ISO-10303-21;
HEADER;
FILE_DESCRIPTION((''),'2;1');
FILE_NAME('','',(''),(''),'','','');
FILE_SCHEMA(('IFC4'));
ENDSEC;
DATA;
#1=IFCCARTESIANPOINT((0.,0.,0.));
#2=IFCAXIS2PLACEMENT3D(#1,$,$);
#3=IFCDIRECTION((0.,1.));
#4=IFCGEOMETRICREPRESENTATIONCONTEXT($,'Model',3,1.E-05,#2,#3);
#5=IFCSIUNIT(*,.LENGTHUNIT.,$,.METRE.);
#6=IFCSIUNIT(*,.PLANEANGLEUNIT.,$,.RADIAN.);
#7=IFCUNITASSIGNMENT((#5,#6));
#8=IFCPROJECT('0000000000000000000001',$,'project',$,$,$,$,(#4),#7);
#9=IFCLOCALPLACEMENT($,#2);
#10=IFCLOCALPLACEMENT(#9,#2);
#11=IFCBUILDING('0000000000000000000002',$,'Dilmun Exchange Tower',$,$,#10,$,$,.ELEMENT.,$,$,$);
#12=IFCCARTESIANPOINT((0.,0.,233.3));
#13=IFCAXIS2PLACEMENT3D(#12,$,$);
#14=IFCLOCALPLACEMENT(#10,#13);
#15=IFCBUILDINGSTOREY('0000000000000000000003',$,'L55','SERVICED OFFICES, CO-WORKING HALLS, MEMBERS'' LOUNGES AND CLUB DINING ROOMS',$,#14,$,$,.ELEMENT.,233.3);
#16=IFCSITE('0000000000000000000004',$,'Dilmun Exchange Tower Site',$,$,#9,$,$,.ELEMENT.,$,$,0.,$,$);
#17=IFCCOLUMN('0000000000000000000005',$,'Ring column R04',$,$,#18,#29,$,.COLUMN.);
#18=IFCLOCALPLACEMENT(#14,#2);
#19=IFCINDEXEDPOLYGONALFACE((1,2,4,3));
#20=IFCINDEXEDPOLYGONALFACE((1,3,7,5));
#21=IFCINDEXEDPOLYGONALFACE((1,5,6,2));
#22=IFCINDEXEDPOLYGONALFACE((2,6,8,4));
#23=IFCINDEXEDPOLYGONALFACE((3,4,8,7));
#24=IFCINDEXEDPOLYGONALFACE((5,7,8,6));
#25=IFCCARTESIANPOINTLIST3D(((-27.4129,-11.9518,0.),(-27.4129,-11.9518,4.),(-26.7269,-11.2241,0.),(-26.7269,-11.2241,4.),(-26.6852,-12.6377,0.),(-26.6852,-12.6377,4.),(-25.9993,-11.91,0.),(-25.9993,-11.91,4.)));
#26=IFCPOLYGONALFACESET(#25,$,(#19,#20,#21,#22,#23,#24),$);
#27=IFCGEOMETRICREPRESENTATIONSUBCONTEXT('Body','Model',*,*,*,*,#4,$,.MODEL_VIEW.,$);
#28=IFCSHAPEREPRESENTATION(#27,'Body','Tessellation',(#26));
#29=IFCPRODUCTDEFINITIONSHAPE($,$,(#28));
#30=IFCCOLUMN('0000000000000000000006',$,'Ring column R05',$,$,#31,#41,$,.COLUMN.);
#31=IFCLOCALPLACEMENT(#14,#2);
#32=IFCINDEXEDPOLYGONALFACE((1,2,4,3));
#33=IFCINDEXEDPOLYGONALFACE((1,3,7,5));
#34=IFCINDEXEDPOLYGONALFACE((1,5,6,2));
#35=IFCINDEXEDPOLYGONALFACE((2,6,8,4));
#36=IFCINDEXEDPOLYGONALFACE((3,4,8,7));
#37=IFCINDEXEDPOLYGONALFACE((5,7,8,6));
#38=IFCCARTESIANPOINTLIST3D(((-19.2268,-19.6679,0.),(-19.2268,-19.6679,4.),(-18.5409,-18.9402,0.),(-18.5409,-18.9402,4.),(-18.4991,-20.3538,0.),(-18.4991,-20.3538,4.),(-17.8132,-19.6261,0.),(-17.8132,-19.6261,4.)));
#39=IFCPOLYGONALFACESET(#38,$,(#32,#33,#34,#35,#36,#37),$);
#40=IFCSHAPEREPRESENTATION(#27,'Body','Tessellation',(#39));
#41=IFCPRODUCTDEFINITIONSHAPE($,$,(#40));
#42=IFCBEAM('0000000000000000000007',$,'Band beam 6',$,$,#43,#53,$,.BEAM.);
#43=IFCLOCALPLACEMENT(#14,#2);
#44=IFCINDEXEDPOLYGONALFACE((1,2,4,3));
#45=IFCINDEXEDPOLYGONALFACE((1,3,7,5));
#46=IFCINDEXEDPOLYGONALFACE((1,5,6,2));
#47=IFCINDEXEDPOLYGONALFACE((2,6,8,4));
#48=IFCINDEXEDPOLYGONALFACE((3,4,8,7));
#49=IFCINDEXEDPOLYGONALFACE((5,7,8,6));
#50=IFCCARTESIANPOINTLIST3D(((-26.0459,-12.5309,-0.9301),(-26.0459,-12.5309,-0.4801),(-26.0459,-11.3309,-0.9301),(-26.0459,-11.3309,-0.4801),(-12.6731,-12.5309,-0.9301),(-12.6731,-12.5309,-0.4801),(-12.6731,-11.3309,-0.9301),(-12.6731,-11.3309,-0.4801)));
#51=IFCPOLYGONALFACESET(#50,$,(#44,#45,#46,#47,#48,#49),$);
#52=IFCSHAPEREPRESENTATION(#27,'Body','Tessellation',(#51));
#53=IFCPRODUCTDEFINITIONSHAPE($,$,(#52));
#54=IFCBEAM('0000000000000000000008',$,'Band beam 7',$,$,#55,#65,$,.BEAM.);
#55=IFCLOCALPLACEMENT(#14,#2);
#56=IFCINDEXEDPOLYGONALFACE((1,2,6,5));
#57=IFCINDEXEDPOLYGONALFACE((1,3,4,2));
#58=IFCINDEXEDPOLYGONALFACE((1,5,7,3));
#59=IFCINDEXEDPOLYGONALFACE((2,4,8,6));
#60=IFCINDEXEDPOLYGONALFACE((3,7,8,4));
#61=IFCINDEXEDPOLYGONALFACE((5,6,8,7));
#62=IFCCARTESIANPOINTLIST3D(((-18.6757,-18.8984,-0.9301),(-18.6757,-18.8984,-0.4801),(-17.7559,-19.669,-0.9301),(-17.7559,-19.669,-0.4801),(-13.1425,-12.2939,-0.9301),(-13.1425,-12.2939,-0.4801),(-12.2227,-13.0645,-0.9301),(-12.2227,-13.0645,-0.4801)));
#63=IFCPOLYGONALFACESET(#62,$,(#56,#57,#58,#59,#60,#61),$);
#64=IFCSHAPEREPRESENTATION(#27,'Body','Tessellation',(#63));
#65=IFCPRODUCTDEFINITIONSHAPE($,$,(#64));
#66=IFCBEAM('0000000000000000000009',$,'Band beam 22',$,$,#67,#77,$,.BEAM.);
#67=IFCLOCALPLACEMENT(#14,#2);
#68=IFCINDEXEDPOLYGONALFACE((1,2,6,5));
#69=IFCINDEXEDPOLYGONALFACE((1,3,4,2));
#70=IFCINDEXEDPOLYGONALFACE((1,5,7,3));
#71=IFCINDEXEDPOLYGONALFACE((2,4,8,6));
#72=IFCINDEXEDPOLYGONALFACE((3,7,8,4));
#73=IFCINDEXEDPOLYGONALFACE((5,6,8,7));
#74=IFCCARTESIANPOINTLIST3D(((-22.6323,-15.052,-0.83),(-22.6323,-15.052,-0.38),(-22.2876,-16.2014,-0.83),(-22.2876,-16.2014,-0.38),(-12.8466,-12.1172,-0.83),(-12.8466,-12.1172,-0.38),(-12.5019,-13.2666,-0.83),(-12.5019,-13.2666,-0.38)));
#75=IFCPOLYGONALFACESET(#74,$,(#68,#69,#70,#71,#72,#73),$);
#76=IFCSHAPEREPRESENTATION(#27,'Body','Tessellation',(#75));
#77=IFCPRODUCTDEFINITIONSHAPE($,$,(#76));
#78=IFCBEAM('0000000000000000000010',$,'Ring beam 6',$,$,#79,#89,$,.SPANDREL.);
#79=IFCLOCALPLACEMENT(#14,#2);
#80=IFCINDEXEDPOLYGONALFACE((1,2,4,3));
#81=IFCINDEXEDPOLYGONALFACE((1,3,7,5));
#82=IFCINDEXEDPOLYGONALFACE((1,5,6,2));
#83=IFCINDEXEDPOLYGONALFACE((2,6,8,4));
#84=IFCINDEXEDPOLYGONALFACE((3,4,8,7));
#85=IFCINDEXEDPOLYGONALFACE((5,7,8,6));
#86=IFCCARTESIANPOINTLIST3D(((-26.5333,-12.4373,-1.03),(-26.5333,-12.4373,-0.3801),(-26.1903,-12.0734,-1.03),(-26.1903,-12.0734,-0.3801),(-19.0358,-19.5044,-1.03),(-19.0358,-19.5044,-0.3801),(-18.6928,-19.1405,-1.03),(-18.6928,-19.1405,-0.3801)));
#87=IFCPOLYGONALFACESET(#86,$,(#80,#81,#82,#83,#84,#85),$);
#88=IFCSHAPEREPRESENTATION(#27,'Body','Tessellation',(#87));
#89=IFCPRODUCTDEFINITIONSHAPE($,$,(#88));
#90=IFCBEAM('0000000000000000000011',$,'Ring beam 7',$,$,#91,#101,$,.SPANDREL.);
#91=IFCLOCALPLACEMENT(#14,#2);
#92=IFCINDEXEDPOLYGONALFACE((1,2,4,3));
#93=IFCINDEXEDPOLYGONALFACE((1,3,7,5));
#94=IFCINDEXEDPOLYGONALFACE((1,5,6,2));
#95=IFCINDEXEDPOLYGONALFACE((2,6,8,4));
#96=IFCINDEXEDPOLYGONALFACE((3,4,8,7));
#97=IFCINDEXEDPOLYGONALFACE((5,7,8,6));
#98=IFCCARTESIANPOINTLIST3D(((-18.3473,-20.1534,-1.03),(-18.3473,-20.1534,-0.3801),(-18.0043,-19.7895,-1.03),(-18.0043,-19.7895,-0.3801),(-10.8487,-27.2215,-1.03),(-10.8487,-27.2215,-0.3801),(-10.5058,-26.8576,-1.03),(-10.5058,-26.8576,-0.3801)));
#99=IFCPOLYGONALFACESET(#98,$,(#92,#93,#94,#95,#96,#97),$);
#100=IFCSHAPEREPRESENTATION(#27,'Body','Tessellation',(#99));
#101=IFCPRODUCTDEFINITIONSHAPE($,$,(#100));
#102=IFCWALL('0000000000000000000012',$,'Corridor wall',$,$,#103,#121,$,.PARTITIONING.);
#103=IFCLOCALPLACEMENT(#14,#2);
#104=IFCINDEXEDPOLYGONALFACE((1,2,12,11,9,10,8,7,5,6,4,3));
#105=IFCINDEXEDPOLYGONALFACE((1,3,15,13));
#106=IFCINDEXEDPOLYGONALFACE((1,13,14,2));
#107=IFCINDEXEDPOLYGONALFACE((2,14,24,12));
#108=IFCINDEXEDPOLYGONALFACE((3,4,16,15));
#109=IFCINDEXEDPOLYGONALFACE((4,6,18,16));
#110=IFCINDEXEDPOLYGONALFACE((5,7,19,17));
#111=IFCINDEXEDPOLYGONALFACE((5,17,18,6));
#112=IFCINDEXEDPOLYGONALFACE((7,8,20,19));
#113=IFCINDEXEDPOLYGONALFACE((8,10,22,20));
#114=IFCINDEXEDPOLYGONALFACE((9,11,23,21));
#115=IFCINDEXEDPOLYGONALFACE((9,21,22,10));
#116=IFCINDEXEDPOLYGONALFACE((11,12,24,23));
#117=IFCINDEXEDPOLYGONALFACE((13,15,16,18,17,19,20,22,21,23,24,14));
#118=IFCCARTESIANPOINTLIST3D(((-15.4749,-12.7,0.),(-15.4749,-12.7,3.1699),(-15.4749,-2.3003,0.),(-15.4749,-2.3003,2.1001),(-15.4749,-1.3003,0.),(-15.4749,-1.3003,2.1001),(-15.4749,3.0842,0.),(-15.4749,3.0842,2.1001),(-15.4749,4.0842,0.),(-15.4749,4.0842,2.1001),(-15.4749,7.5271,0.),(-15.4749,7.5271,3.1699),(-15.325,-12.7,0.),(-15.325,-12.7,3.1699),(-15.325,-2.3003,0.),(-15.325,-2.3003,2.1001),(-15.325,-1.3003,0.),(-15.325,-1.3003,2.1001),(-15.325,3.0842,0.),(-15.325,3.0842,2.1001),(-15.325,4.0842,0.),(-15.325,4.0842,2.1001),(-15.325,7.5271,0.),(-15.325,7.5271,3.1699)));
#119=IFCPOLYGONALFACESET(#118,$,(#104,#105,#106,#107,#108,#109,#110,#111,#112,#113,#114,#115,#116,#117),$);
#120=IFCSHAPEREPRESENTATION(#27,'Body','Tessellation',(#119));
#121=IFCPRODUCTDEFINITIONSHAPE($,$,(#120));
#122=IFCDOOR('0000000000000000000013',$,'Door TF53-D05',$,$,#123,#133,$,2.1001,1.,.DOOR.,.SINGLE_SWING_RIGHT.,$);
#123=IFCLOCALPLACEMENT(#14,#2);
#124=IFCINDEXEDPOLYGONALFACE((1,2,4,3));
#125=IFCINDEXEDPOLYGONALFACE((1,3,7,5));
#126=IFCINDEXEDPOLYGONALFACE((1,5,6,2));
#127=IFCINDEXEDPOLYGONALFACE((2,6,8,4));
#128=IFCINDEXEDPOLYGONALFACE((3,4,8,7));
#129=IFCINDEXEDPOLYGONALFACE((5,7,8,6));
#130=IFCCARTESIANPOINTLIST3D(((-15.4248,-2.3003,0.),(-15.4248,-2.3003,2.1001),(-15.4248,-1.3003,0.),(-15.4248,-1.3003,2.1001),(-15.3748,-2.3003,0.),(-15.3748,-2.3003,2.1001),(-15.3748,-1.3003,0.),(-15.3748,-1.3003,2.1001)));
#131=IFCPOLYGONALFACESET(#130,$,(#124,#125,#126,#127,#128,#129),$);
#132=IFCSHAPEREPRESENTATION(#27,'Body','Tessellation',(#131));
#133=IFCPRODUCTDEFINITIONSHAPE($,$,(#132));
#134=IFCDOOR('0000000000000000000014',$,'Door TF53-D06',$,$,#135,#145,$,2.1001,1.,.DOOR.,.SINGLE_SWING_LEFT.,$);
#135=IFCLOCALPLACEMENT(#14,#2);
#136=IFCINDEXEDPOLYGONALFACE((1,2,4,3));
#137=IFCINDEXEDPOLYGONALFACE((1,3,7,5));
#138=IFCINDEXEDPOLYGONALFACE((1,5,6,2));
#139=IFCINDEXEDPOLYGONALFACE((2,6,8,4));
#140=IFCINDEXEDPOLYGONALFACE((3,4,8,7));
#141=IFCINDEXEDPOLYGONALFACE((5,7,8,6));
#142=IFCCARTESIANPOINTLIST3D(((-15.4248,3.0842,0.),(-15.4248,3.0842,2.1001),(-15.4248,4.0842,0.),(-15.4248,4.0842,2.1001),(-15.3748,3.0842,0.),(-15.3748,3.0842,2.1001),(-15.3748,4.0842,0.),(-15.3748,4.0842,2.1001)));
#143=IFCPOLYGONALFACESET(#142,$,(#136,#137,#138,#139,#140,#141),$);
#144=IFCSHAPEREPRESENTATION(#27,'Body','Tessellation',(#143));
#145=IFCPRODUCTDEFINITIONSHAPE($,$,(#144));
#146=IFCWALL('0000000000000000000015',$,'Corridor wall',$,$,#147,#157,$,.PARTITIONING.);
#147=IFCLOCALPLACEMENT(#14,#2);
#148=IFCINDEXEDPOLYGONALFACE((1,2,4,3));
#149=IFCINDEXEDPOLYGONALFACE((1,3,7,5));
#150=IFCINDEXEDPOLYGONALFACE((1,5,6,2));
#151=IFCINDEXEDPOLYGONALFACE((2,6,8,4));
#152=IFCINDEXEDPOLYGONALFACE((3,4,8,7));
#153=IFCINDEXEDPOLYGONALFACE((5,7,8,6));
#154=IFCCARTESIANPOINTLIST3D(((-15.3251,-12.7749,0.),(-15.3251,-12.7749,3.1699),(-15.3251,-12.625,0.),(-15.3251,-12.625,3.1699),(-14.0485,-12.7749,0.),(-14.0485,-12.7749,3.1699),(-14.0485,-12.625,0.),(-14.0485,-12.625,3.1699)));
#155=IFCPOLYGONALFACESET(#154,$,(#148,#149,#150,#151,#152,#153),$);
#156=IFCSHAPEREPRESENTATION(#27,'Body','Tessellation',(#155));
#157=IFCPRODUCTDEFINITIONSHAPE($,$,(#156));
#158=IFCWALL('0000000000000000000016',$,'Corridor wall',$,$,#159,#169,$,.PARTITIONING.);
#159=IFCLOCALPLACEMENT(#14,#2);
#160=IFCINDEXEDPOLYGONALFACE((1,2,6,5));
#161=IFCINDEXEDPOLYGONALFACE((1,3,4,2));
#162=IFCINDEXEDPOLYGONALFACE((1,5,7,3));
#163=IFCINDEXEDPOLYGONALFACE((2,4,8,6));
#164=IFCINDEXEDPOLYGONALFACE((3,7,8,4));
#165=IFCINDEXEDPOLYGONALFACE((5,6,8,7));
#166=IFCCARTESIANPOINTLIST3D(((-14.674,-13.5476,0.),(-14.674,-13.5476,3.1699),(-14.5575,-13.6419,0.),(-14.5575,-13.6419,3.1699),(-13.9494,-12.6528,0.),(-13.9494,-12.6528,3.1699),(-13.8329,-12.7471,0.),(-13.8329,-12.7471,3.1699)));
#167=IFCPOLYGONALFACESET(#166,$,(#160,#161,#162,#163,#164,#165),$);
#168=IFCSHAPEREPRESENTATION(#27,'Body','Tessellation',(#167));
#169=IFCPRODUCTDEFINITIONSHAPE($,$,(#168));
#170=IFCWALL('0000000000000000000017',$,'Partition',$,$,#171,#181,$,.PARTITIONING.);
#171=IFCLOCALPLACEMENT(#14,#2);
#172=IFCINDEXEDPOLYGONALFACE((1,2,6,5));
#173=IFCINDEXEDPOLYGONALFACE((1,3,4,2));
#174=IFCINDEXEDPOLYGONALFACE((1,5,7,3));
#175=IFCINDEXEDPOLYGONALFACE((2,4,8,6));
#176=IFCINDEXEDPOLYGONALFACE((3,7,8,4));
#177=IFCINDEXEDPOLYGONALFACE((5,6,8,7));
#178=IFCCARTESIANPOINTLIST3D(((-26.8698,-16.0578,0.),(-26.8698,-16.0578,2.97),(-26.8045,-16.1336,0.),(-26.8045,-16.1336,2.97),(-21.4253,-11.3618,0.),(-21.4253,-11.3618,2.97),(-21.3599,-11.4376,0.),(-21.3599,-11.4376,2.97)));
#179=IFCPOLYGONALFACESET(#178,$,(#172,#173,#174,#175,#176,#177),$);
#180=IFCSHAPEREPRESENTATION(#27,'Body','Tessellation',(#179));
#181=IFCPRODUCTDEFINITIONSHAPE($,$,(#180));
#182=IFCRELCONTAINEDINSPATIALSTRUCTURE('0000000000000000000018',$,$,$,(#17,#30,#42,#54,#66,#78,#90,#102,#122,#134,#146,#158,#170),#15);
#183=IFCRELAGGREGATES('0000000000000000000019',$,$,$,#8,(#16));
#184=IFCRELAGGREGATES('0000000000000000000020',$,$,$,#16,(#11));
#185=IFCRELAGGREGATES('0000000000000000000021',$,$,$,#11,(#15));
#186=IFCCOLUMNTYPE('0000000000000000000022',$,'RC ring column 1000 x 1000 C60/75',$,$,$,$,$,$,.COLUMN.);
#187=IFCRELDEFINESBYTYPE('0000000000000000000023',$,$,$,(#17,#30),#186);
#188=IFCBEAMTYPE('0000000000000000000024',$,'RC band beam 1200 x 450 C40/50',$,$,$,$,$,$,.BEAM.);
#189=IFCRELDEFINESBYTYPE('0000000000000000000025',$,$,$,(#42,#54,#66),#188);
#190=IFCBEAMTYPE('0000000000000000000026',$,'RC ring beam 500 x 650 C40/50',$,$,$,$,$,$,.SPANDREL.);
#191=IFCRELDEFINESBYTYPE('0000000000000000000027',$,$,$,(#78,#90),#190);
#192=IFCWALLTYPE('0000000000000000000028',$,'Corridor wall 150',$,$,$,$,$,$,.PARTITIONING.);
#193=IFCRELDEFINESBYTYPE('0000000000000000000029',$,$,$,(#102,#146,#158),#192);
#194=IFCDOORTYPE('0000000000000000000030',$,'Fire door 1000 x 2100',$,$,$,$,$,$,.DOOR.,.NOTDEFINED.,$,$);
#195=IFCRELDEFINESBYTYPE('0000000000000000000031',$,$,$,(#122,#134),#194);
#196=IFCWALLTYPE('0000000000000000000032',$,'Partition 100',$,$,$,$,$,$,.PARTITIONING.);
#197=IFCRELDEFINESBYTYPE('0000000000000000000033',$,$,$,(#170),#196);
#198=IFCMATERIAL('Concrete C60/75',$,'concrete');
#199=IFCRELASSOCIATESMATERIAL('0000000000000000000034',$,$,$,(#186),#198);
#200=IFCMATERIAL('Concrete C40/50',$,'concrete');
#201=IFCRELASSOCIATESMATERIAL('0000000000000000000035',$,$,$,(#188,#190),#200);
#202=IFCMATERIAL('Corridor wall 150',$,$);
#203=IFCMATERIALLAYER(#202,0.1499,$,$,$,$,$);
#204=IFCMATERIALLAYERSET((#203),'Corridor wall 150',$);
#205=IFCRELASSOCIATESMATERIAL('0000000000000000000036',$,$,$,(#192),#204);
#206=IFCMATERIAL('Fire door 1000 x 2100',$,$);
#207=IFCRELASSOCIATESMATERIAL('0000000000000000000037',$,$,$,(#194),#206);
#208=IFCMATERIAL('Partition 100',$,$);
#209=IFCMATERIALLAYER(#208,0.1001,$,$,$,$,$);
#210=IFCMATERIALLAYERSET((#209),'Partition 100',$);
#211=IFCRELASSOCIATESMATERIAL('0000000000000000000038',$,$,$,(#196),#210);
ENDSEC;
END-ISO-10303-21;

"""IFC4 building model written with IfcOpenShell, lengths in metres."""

from ifc_helpers import new_model, si_unit, direction, frame, frame_2d, origin, origin_2d, place, context, subcontext, project, spatial, rectangle, extrude, material, layer, layer_set, material_profile, profile_set, type_object, element, fill, save


model = new_model("IFC4")

# Units and contexts
model_context = context("Model", 3, precision=1e-05, world=origin(), true_north=direction((0.0, 1.0)))
body_context = subcontext(model_context, "Body", "Model", "MODEL_VIEW")
ifc_project = project(units=[si_unit("LENGTHUNIT", "METRE"), si_unit("PLANEANGLEUNIT", "RADIAN")], contexts=[model_context])

# Site, building, storey
site_placement = place(None, origin())
site = spatial("IfcSite", under=ifc_project, at=site_placement, Name="Dilmun Exchange Tower Site", CompositionType="ELEMENT", RefElevation=0.0)
building_placement = place(site_placement, origin())
building = spatial("IfcBuilding", under=site, at=building_placement, Name="Dilmun Exchange Tower", CompositionType="ELEMENT")
storey_placement = place(building_placement, frame((0.0, 0.0, 233.3)))
storey = spatial("IfcBuildingStorey", under=building, at=storey_placement, Name="L55", Description="SERVICED OFFICES, CO-WORKING HALLS, MEMBERS' LOUNGES AND CLUB DINING ROOMS", CompositionType="ELEMENT", Elevation=233.3)

# Columns
ifc_material_1 = material(Name="Concrete C60/75", Category="concrete")
ifc_material_profile_1 = material_profile(ifc_material_1, rectangle(XDim=1.0, YDim=1.0, at=origin_2d()), Name="1000 x 1000")
ifc_profile_set_1 = profile_set([ifc_material_profile_1], Name="Concrete C60/75")
column_type = type_object("IfcColumnType", Name="RC ring column 1000 x 1000 C60/75", PredefinedType="COLUMN", material=ifc_profile_set_1)
for number, where, z_axis, x_axis, name in (
    (1, (-26.7061, -11.9309, 0.0), (0.0, 0.0, 1.0), (0.685916, 0.727681, 0.0), "Ring column R04"),
    (2, (-18.52, -19.647, 0.0), (0.0, 0.0, 1.0), (0.685916, 0.727681, 0.0), "Ring column R05"),
):
    element("IfcColumn", number, at=place(storey_placement, frame(where, z_axis=z_axis, x_axis=x_axis)), inside=storey, type_object=column_type, Name=name, PredefinedType="COLUMN", context=body_context, shape_type="SweptSolid", body=[
        extrude(rectangle(XDim=1.0, YDim=1.0, at=origin_2d()), origin(), (0.0, 0.0, 1.0), 4.0),
    ])

# Beams
ifc_material_2 = material(Name="Concrete C40/50", Category="concrete")
ifc_material_profile_2 = material_profile(ifc_material_2, rectangle(XDim=1.2, YDim=0.45, at=origin_2d()), Name="1200 x 450")
ifc_profile_set_2 = profile_set([ifc_material_profile_2], Name="Concrete C40/50")
beam_type_1 = type_object("IfcBeamType", Name="RC band beam 1200 x 450 C40/50", PredefinedType="BEAM", material=ifc_profile_set_2)
beam_1_placement = place(storey_placement, frame((-26.0459, -11.9309, -0.7051), z_axis=(1.0, 0.0, 0.0), x_axis=(0.0, 1.0, 0.0)))
element("IfcBeam", 3, at=beam_1_placement, inside=storey, type_object=beam_type_1, Name="Band beam 6", PredefinedType="BEAM", context=body_context, shape_type="SweptSolid", body=[
    extrude(rectangle(XDim=1.2, YDim=0.45, at=origin_2d()), origin(), (0.0, 0.0, 1.0), 13.3728),
])
beam_2_placement = place(storey_placement, frame((-18.2158, -19.2837, -0.7051), z_axis=(0.6422, 0.766537, 0.0), x_axis=(-0.766537, 0.6422, 0.0)))
element("IfcBeam", 4, at=beam_2_placement, inside=storey, type_object=beam_type_1, Name="Band beam 7", PredefinedType="BEAM", context=body_context, shape_type="SweptSolid", body=[
    extrude(rectangle(XDim=1.2, YDim=0.45, at=origin_2d()), origin(), (0.0, 0.0, 1.0), 8.616),
])
beam_3_placement = place(storey_placement, frame((-22.46, -15.6267, -0.605), z_axis=(0.95785, 0.287269, 0.0), x_axis=(-0.287269, 0.95785, 0.0)))
element("IfcBeam", 5, at=beam_3_placement, inside=storey, type_object=beam_type_1, Name="Band beam 22", PredefinedType="BEAM", context=body_context, shape_type="SweptSolid", body=[
    extrude(rectangle(XDim=1.2, YDim=0.45, at=origin_2d()), origin(), (0.0, 0.0, 1.0), 10.2163),
])
ifc_material_profile_3 = material_profile(ifc_material_2, rectangle(XDim=0.5, YDim=0.6499, at=origin_2d()), Name="500 x 650")
ifc_profile_set_3 = profile_set([ifc_material_profile_3], Name="Concrete C40/50")
beam_type_2 = type_object("IfcBeamType", Name="RC ring beam 500 x 650 C40/50", PredefinedType="SPANDREL", material=ifc_profile_set_3)
beam_4_placement = place(storey_placement, frame((-26.3618, -12.2554, -0.7051), z_axis=(0.727686, -0.685911, 0.0), x_axis=(0.685911, 0.727686, 0.0)))
element("IfcBeam", 6, at=beam_4_placement, inside=storey, type_object=beam_type_2, Name="Ring beam 6", PredefinedType="SPANDREL", context=body_context, shape_type="SweptSolid", body=[
    extrude(rectangle(XDim=0.5, YDim=0.6499, at=origin_2d()), origin(), (0.0, 0.0, 1.0), 10.3032),
])
beam_5_placement = place(storey_placement, frame((-18.1758, -19.9714, -0.7051), z_axis=(0.727683, -0.685914, 0.0), x_axis=(0.685914, 0.727683, 0.0)))
element("IfcBeam", 7, at=beam_5_placement, inside=storey, type_object=beam_type_2, Name="Ring beam 7", PredefinedType="SPANDREL", context=body_context, shape_type="SweptSolid", body=[
    extrude(rectangle(XDim=0.5, YDim=0.6499, at=origin_2d()), origin(), (0.0, 0.0, 1.0), 10.3047),
])

# Wall, openings, doors
ifc_material_3 = material(Name="Corridor wall 150")
ifc_layer_1 = layer(ifc_material_3, 0.1499)
ifc_layer_set_1 = layer_set([ifc_layer_1], Name="Corridor wall 150")
wall_type_1 = type_object("IfcWallType", Name="Corridor wall 150", PredefinedType="PARTITIONING", material=ifc_layer_set_1)
wall_1_placement = place(storey_placement, frame((-15.3999, -12.7, 0.0), z_axis=(0.0, 0.0, 1.0), x_axis=(0.0, 1.0, 0.0)))
wall_1 = element("IfcWall", 8, at=wall_1_placement, inside=storey, type_object=wall_type_1, Name="Corridor wall", PredefinedType="PARTITIONING", context=body_context, shape_type="SweptSolid", body=[
    extrude(rectangle(XDim=20.2271, YDim=0.1499, at=frame_2d((10.1135, 0.0))), origin(), (0.0, 0.0, 1.0), 3.1699),
])
opening_1_placement = place(wall_1_placement, frame((10.3997, 0.0, 0.0)))
opening_1 = element("IfcOpeningElement", 9, at=opening_1_placement, cuts=wall_1, PredefinedType="OPENING", context=body_context, shape_type="SweptSolid", body=[
    extrude(rectangle(XDim=1.0, YDim=2.1001, at=frame_2d((0.5, 1.05))), frame((0.0, 0.085, 0.0), z_axis=(0.0, -1.0, 0.0), x_axis=(1.0, 0.0, 0.0)), (0.0, 0.0, 1.0), 0.1699),
])
opening_2_placement = place(wall_1_placement, frame((15.7842, 0.0, 0.0)))
opening_2 = element("IfcOpeningElement", 10, at=opening_2_placement, cuts=wall_1, PredefinedType="OPENING", context=body_context, shape_type="SweptSolid", body=[
    extrude(rectangle(XDim=1.0, YDim=2.1001, at=frame_2d((0.5, 1.05))), frame((0.0, 0.085, 0.0), z_axis=(0.0, -1.0, 0.0), x_axis=(1.0, 0.0, 0.0)), (0.0, 0.0, 1.0), 0.1699),
])
ifc_material_4 = material(Name="Fire door 1000 x 2100")
door_type = type_object("IfcDoorType", Name="Fire door 1000 x 2100", OperationType="NOTDEFINED", PredefinedType="DOOR", material=ifc_material_4)
door_1_placement = place(opening_1_placement, origin())
door_1 = element("IfcDoor", 11, at=door_1_placement, inside=storey, type_object=door_type, Name="Door TF53-D05", OperationType="SINGLE_SWING_RIGHT", OverallHeight=2.1001, OverallWidth=1.0, PredefinedType="DOOR", context=body_context, shape_type="SweptSolid", body=[
    extrude(rectangle(XDim=1.0, YDim=2.1001, at=frame_2d((0.5, 1.05))), frame((0.0, 0.0249, 0.0), z_axis=(0.0, -1.0, 0.0), x_axis=(1.0, 0.0, 0.0)), (0.0, 0.0, 1.0), 0.05),
])
fill(opening_1, door_1)
door_2_placement = place(opening_2_placement, origin())
door_2 = element("IfcDoor", 12, at=door_2_placement, inside=storey, type_object=door_type, Name="Door TF53-D06", OperationType="SINGLE_SWING_LEFT", OverallHeight=2.1001, OverallWidth=1.0, PredefinedType="DOOR", context=body_context, shape_type="SweptSolid", body=[
    extrude(rectangle(XDim=1.0, YDim=2.1001, at=frame_2d((0.5, 1.05))), frame((0.0, 0.0249, 0.0), z_axis=(0.0, -1.0, 0.0), x_axis=(1.0, 0.0, 0.0)), (0.0, 0.0, 1.0), 0.05),
])
fill(opening_2, door_2)

# Walls
wall_2_placement = place(storey_placement, frame((-15.325, -12.7, 0.0), z_axis=(0.0, 0.0, 1.0), x_axis=(1.0, 0.0, 0.0)))
element("IfcWall", 13, at=wall_2_placement, inside=storey, type_object=wall_type_1, Name="Corridor wall", PredefinedType="PARTITIONING", context=body_context, shape_type="SweptSolid", body=[
    extrude(rectangle(XDim=1.2766, YDim=0.1499, at=frame_2d((0.6382, 0.0))), origin(), (0.0, 0.0, 1.0), 3.1699),
])
wall_3_placement = place(storey_placement, frame((-14.6157, -13.5947, 0.0), z_axis=(0.0, 0.0, 1.0), x_axis=(0.629339, 0.777131, 0.0)))
element("IfcWall", 14, at=wall_3_placement, inside=storey, type_object=wall_type_1, Name="Corridor wall", PredefinedType="PARTITIONING", context=body_context, shape_type="SweptSolid", body=[
    extrude(rectangle(XDim=1.1514, YDim=0.1499, at=frame_2d((0.5757, 0.0))), origin(), (0.0, 0.0, 1.0), 3.1699),
])
ifc_material_5 = material(Name="Partition 100")
ifc_layer_2 = layer(ifc_material_5, 0.1001)
ifc_layer_set_2 = layer_set([ifc_layer_2], Name="Partition 100")
wall_type_2 = type_object("IfcWallType", Name="Partition 100", PredefinedType="PARTITIONING", material=ifc_layer_set_2)
wall_4_placement = place(storey_placement, frame((-26.8372, -16.0957, 0.0), z_axis=(0.0, 0.0, 1.0), x_axis=(0.757242, 0.653134, 0.0)))
element("IfcWall", 15, at=wall_4_placement, inside=storey, type_object=wall_type_2, Name="Partition", PredefinedType="PARTITIONING", context=body_context, shape_type="SweptSolid", body=[
    extrude(rectangle(XDim=7.1899, YDim=0.1001, at=frame_2d((3.595, 0.0))), origin(), (0.0, 0.0, 1.0), 2.97),
])

save(model, "model.ifc")
